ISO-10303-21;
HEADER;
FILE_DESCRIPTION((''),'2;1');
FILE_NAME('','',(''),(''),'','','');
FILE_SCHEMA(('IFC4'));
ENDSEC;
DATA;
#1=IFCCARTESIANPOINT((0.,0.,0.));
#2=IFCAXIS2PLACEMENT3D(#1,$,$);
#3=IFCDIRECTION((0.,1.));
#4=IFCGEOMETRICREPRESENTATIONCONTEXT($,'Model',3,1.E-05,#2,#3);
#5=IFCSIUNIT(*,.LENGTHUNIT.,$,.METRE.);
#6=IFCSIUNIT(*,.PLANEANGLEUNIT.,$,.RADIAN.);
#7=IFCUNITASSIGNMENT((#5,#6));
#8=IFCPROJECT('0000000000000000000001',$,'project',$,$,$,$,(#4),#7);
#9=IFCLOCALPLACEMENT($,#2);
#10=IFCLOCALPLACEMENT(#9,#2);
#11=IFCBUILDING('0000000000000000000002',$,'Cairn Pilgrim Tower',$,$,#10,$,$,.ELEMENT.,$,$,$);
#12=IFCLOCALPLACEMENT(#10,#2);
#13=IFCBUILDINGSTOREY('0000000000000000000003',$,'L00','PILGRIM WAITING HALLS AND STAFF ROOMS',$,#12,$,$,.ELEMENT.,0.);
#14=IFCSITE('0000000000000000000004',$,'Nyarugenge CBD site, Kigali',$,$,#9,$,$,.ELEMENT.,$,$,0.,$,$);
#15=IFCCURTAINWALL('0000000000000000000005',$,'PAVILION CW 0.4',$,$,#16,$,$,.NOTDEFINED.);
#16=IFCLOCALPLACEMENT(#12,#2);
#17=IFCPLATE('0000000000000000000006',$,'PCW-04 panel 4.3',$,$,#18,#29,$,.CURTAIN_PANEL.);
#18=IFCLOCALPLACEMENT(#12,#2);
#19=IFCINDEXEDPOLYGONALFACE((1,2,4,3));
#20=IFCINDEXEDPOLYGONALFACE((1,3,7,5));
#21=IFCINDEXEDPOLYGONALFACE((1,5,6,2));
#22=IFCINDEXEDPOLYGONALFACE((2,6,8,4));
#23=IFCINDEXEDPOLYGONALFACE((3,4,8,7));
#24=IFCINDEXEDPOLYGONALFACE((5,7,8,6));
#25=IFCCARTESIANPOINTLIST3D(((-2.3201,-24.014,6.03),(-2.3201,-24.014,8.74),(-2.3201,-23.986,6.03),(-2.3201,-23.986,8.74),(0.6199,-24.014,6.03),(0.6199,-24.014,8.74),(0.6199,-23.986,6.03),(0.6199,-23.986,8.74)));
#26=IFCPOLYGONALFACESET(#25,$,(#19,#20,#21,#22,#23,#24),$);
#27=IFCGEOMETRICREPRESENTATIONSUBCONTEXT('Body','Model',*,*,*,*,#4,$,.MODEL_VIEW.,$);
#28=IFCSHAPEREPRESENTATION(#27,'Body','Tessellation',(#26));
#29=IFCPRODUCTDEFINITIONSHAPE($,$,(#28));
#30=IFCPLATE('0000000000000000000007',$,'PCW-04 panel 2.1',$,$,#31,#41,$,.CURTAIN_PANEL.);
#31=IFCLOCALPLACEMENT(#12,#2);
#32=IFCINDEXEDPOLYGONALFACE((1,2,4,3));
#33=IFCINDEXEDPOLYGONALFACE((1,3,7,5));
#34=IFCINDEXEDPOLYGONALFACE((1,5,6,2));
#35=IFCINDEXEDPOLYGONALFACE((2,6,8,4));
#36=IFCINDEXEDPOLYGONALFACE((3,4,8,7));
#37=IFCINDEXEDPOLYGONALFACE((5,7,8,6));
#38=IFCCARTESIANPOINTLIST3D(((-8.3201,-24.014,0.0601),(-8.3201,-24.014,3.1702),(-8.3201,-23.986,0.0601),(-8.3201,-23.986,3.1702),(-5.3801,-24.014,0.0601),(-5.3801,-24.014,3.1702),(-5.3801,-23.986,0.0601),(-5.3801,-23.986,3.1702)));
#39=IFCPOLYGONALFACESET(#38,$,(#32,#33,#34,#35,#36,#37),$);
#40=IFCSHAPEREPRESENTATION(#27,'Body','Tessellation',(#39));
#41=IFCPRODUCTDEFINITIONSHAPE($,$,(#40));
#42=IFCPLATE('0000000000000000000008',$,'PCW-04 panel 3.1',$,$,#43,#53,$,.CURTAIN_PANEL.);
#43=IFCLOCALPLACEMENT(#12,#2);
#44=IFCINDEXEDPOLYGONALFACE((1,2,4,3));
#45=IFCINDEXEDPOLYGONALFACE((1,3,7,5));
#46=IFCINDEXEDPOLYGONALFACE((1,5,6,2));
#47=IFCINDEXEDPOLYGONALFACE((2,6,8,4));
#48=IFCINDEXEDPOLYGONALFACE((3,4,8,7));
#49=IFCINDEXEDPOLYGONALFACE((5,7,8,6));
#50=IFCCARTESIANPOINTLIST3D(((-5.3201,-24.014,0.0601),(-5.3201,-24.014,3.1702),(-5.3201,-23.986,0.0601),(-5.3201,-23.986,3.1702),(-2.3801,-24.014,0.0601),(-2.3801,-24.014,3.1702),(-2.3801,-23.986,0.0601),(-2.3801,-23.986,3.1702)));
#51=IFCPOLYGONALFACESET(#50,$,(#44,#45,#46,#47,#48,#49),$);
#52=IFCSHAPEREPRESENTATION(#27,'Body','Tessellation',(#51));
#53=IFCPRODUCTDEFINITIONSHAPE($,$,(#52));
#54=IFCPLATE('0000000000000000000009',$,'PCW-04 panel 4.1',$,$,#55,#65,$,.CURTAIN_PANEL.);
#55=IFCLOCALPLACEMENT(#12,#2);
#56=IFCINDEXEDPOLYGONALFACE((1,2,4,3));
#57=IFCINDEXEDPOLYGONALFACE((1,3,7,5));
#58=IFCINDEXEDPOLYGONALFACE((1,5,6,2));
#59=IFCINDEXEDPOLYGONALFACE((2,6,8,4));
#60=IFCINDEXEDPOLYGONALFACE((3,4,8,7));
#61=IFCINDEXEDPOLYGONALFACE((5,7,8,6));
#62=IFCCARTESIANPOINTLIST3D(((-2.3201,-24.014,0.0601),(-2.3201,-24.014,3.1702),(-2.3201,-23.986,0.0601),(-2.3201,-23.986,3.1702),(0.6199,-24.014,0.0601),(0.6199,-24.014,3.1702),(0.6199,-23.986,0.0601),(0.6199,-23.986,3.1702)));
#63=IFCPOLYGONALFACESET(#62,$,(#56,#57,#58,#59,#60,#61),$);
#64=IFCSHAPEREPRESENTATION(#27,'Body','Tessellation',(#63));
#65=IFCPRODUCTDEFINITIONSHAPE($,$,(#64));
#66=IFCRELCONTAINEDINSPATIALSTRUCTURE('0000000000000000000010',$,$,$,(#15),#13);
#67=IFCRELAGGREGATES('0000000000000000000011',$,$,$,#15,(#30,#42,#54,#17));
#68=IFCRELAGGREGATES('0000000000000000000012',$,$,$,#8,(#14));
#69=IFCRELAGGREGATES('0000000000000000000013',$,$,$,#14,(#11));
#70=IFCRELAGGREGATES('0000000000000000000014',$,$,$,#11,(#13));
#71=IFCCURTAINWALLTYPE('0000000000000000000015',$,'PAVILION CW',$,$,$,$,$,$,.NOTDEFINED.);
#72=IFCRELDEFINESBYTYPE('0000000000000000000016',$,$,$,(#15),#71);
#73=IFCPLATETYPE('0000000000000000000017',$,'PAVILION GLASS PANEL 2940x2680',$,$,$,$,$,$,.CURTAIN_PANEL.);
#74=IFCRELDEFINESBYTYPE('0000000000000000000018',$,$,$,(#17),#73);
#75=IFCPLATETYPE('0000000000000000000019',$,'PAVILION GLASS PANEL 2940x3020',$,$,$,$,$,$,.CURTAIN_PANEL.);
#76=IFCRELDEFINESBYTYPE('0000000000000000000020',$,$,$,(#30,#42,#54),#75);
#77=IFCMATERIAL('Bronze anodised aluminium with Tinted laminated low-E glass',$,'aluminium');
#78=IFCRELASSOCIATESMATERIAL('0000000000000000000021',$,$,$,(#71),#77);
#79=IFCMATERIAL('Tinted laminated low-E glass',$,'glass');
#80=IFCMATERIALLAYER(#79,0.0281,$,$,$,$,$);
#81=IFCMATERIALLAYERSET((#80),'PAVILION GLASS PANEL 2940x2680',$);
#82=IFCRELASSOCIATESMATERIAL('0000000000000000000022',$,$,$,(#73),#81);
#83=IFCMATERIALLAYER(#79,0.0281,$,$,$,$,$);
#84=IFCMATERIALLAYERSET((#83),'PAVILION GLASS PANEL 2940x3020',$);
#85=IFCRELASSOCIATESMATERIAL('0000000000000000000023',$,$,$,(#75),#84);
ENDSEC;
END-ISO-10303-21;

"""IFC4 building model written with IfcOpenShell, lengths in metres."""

from ifc_helpers import new_model, si_unit, direction, frame, origin, origin_2d, place, context, subcontext, project, spatial, rectangle, extrude, material, layer, layer_set, type_object, element, aggregate, save


model = new_model("IFC4")

# Units and contexts
model_context = context("Model", 3, precision=1e-05, world=origin(), true_north=direction((0.0, 1.0)))
body_context = subcontext(model_context, "Body", "Model", "MODEL_VIEW")
ifc_project = project(units=[si_unit("LENGTHUNIT", "METRE"), si_unit("PLANEANGLEUNIT", "RADIAN")], contexts=[model_context])

# Site, building, storey
site_placement = place(None, origin())
site = spatial("IfcSite", under=ifc_project, at=site_placement, Name="Nyarugenge CBD site, Kigali", CompositionType="ELEMENT", RefElevation=0.0)
building_placement = place(site_placement, origin())
building = spatial("IfcBuilding", under=site, at=building_placement, Name="Cairn Pilgrim Tower", CompositionType="ELEMENT")
storey_placement = place(building_placement, origin())
storey = spatial("IfcBuildingStorey", under=building, at=storey_placement, Name="L00", Description="PILGRIM WAITING HALLS AND STAFF ROOMS", CompositionType="ELEMENT", Elevation=0.0)

# Curtain wall, plates
ifc_material_1 = material(Name="Bronze anodised aluminium with Tinted laminated low-E glass", Category="aluminium")
curtain_wall_type = type_object("IfcCurtainWallType", Name="PAVILION CW", PredefinedType="NOTDEFINED", material=ifc_material_1)
curtain_wall_placement = place(storey_placement, origin())
curtain_wall = element("IfcCurtainWall", 1, at=curtain_wall_placement, inside=storey, type_object=curtain_wall_type, Name="PAVILION CW 0.4", PredefinedType="NOTDEFINED")
ifc_material_2 = material(Name="Tinted laminated low-E glass", Category="glass")
ifc_layer_1 = layer(ifc_material_2, 0.0281)
ifc_layer_set_1 = layer_set([ifc_layer_1], Name="PAVILION GLASS PANEL 2940x2680")
plate_type_1 = type_object("IfcPlateType", Name="PAVILION GLASS PANEL 2940x2680", PredefinedType="CURTAIN_PANEL", material=ifc_layer_set_1)
plate_1_placement = place(storey_placement, frame((-0.8501, -24.0, 6.03), z_axis=(0.0, 0.0, 1.0), x_axis=(1.0, 0.0, 0.0)))
plate_1 = element("IfcPlate", 2, at=plate_1_placement, type_object=plate_type_1, Name="PCW-04 panel 4.3", PredefinedType="CURTAIN_PANEL", context=body_context, shape_type="SweptSolid", body=[
    extrude(rectangle(XDim=2.9399, YDim=0.0281, at=origin_2d()), origin(), (0.0, 0.0, 1.0), 2.71),
])
ifc_layer_2 = layer(ifc_material_2, 0.0281)
ifc_layer_set_2 = layer_set([ifc_layer_2], Name="PAVILION GLASS PANEL 2940x3020")
plate_type_2 = type_object("IfcPlateType", Name="PAVILION GLASS PANEL 2940x3020", PredefinedType="CURTAIN_PANEL", material=ifc_layer_set_2)
plate_2_placement = place(storey_placement, frame((-6.8501, -24.0, 0.0601), z_axis=(0.0, 0.0, 1.0), x_axis=(1.0, 0.0, 0.0)))
plate_2 = element("IfcPlate", 3, at=plate_2_placement, type_object=plate_type_2, Name="PCW-04 panel 2.1", PredefinedType="CURTAIN_PANEL", context=body_context, shape_type="SweptSolid", body=[
    extrude(rectangle(XDim=2.9399, YDim=0.0281, at=origin_2d()), origin(), (0.0, 0.0, 1.0), 3.1101),
])
plate_3_placement = place(storey_placement, frame((-3.8501, -24.0, 0.0601), z_axis=(0.0, 0.0, 1.0), x_axis=(1.0, 0.0, 0.0)))
plate_3 = element("IfcPlate", 4, at=plate_3_placement, type_object=plate_type_2, Name="PCW-04 panel 3.1", PredefinedType="CURTAIN_PANEL", context=body_context, shape_type="SweptSolid", body=[
    extrude(rectangle(XDim=2.9399, YDim=0.0281, at=origin_2d()), origin(), (0.0, 0.0, 1.0), 3.1101),
])
plate_4_placement = place(storey_placement, frame((-0.8501, -24.0, 0.0601), z_axis=(0.0, 0.0, 1.0), x_axis=(1.0, 0.0, 0.0)))
plate_4 = element("IfcPlate", 5, at=plate_4_placement, type_object=plate_type_2, Name="PCW-04 panel 4.1", PredefinedType="CURTAIN_PANEL", context=body_context, shape_type="SweptSolid", body=[
    extrude(rectangle(XDim=2.9399, YDim=0.0281, at=origin_2d()), origin(), (0.0, 0.0, 1.0), 3.1101),
])
aggregate(curtain_wall, [plate_2, plate_3, plate_4, plate_1])

save(model, "model.ifc")
